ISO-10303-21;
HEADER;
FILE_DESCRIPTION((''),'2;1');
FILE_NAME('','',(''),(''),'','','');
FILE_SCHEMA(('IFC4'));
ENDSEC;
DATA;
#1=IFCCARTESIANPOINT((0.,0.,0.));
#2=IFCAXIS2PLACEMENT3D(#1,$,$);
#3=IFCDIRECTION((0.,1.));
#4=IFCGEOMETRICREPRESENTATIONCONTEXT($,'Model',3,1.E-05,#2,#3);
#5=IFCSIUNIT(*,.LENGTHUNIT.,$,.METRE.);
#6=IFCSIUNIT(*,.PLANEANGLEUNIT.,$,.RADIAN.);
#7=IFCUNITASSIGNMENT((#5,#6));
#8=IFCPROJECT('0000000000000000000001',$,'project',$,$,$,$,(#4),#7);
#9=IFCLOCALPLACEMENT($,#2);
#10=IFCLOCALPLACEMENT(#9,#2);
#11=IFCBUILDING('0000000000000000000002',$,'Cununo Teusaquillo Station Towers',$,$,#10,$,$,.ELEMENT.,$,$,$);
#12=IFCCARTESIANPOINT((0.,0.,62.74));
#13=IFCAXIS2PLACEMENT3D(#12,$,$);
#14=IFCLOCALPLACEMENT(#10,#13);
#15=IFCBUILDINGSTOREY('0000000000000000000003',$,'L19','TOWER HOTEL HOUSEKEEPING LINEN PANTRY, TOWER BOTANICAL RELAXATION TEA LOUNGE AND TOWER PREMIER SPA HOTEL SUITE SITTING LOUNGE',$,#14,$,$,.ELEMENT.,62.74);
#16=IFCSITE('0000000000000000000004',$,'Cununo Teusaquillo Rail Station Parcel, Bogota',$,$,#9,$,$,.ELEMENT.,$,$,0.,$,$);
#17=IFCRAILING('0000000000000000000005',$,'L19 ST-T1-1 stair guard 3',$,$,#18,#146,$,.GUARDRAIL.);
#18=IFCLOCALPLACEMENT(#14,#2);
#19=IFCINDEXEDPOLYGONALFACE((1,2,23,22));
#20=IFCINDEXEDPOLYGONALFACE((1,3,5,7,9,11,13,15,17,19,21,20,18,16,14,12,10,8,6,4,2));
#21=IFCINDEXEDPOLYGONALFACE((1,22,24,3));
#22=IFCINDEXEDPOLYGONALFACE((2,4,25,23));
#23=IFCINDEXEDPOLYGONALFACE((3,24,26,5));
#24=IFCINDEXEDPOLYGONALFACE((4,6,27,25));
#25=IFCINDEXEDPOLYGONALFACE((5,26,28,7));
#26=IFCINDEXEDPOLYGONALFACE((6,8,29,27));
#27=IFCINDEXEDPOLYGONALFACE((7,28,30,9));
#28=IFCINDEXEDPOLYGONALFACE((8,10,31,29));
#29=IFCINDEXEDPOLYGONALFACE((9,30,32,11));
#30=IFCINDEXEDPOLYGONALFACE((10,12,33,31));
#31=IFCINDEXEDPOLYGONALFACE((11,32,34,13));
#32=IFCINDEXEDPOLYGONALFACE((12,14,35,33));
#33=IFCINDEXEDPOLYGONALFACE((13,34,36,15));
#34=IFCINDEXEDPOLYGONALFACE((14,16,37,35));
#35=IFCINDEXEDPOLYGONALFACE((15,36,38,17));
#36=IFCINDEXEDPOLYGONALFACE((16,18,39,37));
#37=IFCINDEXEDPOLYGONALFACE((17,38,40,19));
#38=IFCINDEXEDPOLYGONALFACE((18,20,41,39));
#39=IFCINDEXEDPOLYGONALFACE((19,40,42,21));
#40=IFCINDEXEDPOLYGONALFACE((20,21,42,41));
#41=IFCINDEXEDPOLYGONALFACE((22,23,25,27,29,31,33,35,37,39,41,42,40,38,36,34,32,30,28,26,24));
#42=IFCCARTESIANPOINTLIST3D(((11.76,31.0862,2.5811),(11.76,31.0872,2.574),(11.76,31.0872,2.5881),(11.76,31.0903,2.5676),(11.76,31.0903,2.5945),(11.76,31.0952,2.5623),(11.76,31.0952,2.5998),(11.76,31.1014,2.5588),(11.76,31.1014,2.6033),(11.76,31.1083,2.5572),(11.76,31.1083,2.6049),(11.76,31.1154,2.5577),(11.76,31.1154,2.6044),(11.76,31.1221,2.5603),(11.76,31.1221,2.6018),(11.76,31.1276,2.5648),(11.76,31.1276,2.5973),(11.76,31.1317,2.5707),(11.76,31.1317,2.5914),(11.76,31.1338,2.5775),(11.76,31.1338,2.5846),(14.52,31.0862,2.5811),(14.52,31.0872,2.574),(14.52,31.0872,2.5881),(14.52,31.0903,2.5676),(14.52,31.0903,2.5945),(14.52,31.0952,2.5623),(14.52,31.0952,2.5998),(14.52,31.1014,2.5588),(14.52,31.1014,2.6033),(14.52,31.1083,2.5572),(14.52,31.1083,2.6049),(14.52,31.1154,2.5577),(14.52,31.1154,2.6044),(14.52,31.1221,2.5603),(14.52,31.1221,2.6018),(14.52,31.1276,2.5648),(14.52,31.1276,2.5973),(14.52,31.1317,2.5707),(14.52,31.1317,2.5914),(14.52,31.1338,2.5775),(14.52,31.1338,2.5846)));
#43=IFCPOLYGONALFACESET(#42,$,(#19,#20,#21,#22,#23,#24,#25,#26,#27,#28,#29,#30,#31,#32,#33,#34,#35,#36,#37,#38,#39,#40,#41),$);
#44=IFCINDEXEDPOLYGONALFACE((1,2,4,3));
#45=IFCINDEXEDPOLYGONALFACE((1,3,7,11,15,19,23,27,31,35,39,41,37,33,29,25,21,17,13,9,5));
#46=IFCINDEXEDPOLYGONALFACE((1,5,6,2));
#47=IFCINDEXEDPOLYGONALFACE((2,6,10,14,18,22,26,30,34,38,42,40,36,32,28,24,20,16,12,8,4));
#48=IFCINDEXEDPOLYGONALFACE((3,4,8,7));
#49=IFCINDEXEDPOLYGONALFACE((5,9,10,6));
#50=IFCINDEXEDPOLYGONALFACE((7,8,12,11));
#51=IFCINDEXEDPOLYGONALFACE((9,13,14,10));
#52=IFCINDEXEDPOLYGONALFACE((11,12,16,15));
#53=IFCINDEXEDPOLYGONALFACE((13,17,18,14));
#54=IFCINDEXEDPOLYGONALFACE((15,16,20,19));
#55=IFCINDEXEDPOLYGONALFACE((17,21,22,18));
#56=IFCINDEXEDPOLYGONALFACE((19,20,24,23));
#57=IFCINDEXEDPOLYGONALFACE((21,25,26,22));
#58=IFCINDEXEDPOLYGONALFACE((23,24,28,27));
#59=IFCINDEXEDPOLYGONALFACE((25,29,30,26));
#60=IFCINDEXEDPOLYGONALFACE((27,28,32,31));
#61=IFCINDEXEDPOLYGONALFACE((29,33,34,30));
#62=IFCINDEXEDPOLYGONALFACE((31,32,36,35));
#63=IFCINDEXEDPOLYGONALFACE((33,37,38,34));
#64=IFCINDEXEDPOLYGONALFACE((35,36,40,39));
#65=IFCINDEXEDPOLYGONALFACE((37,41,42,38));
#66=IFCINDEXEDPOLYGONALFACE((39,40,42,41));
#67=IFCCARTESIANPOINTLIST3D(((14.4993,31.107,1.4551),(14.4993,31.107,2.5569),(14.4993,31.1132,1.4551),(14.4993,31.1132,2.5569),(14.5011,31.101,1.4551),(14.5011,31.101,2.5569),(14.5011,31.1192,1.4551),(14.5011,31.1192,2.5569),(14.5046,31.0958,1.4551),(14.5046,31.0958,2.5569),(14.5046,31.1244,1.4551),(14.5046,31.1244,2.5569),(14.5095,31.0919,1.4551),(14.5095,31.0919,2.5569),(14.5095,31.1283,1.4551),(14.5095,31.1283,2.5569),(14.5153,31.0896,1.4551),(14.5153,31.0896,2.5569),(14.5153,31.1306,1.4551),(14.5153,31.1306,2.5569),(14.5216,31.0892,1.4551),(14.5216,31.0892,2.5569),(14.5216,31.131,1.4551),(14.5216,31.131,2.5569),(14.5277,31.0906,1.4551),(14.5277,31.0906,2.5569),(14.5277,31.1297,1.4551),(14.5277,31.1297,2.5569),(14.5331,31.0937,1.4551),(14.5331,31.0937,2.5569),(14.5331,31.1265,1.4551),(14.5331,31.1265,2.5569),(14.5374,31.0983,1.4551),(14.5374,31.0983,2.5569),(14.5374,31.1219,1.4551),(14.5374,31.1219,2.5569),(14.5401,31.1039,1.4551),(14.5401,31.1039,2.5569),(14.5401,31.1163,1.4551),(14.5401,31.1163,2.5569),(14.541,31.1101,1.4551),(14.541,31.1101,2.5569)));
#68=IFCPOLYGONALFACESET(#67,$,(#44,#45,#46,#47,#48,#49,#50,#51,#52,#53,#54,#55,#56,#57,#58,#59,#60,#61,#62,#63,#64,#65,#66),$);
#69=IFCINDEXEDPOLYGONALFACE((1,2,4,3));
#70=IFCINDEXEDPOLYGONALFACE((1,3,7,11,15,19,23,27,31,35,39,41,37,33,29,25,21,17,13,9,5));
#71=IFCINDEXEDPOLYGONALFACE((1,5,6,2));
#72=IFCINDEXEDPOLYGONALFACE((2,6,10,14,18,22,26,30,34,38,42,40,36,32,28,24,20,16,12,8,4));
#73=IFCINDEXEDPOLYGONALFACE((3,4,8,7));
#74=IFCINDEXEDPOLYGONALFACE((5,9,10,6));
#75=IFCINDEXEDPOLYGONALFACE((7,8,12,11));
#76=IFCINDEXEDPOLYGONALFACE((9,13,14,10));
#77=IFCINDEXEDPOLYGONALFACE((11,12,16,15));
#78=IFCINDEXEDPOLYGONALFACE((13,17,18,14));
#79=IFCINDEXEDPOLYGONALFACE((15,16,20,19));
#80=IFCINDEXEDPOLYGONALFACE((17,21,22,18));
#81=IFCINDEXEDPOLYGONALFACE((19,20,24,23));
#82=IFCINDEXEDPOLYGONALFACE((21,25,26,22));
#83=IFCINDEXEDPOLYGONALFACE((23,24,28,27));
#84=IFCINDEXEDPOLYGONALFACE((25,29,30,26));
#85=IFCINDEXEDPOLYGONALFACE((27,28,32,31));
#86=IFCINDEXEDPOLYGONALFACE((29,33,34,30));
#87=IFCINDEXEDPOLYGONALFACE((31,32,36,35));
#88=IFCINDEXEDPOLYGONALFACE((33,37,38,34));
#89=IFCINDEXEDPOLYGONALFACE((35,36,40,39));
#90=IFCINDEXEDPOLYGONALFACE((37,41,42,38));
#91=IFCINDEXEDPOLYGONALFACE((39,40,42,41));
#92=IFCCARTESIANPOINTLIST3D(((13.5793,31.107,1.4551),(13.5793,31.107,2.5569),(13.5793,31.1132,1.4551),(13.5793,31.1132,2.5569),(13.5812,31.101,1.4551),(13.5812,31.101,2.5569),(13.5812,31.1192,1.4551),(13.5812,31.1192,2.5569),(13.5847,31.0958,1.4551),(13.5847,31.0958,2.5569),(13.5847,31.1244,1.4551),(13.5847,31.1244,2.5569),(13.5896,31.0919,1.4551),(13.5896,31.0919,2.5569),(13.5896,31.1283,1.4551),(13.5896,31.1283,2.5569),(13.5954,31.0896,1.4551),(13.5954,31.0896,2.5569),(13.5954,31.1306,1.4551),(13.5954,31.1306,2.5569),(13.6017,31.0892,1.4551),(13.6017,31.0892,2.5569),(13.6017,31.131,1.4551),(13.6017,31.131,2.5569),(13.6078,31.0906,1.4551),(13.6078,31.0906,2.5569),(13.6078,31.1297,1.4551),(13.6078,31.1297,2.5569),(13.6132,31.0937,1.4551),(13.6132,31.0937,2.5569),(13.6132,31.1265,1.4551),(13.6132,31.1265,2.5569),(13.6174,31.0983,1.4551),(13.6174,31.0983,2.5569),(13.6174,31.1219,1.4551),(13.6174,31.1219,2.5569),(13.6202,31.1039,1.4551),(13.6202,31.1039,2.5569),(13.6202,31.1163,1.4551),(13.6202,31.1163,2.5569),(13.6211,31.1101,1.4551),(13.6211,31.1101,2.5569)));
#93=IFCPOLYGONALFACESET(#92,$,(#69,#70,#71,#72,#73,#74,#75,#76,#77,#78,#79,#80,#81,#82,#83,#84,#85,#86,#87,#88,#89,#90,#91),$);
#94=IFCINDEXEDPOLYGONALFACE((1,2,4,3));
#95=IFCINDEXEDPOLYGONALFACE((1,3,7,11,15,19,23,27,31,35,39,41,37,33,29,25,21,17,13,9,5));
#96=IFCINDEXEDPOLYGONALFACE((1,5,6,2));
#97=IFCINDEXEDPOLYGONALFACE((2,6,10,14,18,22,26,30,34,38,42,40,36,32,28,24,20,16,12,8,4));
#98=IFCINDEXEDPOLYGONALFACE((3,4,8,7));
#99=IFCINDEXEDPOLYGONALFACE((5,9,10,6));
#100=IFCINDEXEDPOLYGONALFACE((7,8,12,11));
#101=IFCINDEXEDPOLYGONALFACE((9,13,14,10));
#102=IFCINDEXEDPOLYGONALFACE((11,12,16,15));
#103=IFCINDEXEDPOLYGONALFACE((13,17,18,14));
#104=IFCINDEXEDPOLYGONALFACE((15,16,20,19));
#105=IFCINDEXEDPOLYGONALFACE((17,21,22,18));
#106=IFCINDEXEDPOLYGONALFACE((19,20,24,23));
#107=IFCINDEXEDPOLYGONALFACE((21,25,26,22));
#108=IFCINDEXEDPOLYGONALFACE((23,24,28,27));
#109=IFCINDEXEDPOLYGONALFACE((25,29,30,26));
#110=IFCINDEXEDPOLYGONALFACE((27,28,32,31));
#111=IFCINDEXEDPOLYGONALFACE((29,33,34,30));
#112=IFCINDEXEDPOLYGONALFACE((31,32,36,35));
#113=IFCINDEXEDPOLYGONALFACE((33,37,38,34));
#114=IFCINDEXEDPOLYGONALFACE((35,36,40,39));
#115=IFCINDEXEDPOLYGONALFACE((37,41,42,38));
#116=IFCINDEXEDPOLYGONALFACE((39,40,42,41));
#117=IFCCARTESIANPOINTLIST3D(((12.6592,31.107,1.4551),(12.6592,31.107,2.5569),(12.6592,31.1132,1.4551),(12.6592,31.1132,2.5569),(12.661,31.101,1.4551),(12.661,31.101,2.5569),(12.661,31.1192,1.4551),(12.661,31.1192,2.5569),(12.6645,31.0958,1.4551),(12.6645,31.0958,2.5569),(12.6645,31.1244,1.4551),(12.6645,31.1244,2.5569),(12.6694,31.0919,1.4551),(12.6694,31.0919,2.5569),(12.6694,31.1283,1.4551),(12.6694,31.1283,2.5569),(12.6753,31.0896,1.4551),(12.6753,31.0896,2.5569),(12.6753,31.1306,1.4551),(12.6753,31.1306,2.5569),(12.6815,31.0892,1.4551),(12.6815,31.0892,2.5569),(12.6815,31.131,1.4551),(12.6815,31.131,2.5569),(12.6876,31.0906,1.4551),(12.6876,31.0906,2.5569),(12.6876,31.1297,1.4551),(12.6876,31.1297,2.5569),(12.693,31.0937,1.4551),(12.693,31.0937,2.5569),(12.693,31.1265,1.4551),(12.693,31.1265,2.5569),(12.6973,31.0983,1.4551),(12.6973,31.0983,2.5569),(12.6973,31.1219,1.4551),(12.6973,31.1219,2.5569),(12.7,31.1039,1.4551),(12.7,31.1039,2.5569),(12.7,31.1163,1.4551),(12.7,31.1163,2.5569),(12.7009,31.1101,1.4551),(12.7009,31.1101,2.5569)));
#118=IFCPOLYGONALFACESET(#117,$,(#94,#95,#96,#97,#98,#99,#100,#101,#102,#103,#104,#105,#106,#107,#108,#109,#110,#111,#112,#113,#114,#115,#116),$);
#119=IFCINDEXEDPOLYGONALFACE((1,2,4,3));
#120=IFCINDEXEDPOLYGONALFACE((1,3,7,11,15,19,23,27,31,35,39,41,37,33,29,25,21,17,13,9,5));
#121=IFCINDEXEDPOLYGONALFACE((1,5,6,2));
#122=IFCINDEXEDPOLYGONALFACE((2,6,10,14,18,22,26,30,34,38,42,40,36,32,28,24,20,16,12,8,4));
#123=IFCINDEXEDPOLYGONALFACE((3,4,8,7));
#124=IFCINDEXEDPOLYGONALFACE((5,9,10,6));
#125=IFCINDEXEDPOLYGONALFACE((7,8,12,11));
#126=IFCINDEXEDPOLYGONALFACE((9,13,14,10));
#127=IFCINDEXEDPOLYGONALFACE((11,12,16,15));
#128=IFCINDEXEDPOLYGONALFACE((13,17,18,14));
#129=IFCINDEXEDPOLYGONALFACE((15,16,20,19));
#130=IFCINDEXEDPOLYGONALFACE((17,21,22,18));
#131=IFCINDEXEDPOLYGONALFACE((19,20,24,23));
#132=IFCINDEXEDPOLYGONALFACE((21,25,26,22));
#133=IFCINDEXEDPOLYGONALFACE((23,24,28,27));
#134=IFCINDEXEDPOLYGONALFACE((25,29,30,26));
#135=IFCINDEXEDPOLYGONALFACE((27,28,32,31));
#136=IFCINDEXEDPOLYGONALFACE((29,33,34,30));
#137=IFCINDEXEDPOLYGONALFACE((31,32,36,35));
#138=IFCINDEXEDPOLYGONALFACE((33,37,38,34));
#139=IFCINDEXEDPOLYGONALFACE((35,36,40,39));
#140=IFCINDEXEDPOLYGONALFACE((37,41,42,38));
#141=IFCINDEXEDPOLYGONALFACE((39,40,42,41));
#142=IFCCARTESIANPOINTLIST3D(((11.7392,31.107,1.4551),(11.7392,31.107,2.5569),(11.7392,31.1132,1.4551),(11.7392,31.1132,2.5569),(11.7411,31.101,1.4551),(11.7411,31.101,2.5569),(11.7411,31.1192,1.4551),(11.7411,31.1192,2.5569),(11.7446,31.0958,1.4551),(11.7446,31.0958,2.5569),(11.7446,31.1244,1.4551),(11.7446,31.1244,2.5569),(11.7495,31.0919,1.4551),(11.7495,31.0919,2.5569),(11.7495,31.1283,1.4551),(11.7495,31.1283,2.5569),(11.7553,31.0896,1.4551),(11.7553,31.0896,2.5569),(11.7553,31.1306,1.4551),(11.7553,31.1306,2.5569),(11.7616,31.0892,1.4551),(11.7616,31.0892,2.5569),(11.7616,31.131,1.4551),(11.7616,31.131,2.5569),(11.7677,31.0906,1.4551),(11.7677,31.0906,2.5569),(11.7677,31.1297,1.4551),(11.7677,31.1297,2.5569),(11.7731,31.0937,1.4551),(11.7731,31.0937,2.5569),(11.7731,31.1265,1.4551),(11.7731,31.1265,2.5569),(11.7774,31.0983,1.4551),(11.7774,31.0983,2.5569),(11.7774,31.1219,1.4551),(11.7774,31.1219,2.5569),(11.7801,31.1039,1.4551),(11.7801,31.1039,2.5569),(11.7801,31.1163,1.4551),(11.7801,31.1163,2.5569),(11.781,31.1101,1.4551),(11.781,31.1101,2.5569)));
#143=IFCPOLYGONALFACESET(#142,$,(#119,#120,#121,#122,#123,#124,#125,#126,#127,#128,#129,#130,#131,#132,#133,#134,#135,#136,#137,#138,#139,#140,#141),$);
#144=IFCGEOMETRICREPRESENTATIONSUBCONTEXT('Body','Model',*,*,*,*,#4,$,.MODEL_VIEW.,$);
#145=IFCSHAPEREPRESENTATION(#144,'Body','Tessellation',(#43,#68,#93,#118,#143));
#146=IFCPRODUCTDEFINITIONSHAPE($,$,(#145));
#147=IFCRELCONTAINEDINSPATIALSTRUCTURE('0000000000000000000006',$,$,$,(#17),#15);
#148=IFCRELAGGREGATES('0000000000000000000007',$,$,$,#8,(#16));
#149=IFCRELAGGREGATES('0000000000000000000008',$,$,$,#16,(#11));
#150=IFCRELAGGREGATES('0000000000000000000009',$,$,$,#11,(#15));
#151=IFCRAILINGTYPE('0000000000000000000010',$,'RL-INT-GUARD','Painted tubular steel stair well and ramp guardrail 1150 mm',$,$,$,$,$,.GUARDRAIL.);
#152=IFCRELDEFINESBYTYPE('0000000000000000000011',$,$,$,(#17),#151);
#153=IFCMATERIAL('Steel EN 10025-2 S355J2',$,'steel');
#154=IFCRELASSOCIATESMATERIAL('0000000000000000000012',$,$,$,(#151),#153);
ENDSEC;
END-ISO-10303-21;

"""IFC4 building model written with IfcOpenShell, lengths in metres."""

from ifc_helpers import new_model, si_unit, direction, frame, origin, origin_2d, place, context, subcontext, project, spatial, circle, extrude, material, type_object, element, save


model = new_model("IFC4")

# Units and contexts
model_context = context("Model", 3, precision=1e-05, world=origin(), true_north=direction((0.0, 1.0)))
body_context = subcontext(model_context, "Body", "Model", "MODEL_VIEW")
ifc_project = project(units=[si_unit("LENGTHUNIT", "METRE"), si_unit("PLANEANGLEUNIT", "RADIAN")], contexts=[model_context])

# Site, building, storey
site_placement = place(None, origin())
site = spatial("IfcSite", under=ifc_project, at=site_placement, Name="Cununo Teusaquillo Rail Station Parcel, Bogota", CompositionType="ELEMENT", RefElevation=0.0)
building_placement = place(site_placement, origin())
building = spatial("IfcBuilding", under=site, at=building_placement, Name="Cununo Teusaquillo Station Towers", CompositionType="ELEMENT")
storey_placement = place(building_placement, frame((0.0, 0.0, 62.74)))
storey = spatial("IfcBuildingStorey", under=building, at=storey_placement, Name="L19", Description="TOWER HOTEL HOUSEKEEPING LINEN PANTRY, TOWER BOTANICAL RELAXATION TEA LOUNGE AND TOWER PREMIER SPA HOTEL SUITE SITTING LOUNGE", CompositionType="ELEMENT", Elevation=62.74)

# Railing
ifc_material_1 = material(Name="Steel EN 10025-2 S355J2", Category="steel")
railing_type_1 = type_object("IfcRailingType", Name="RL-INT-GUARD", Description="Painted tubular steel stair well and ramp guardrail 1150 mm", PredefinedType="GUARDRAIL", material=ifc_material_1)
railing_1_placement = place(storey_placement, frame((14.52, 31.1101, 1.4551)))
element("IfcRailing", 1, at=railing_1_placement, inside=storey, type_object=railing_type_1, Name="L19 ST-T1-1 stair guard 3", PredefinedType="GUARDRAIL", context=body_context, shape_type="SweptSolid", body=[
    extrude(circle(Radius=0.0239, at=origin_2d()), frame((0.0, 0.0, 1.126), z_axis=(-1.0, 0.0, 0.0), x_axis=(0.0, -1.0, 0.0)), (0.0, 0.0, 1.0), 2.76),
    extrude(circle(Radius=0.021, at=origin_2d()), origin(), (0.0, 0.0, 1.0), 1.1018),
    extrude(circle(Radius=0.021, at=origin_2d()), frame((-0.9199, 0.0, 0.0)), (0.0, 0.0, 1.0), 1.1018),
    extrude(circle(Radius=0.021, at=origin_2d()), frame((-1.8401, 0.0, 0.0)), (0.0, 0.0, 1.0), 1.1018),
    extrude(circle(Radius=0.021, at=origin_2d()), frame((-2.76, 0.0, 0.0)), (0.0, 0.0, 1.0), 1.1018),
])

save(model, "model.ifc")
